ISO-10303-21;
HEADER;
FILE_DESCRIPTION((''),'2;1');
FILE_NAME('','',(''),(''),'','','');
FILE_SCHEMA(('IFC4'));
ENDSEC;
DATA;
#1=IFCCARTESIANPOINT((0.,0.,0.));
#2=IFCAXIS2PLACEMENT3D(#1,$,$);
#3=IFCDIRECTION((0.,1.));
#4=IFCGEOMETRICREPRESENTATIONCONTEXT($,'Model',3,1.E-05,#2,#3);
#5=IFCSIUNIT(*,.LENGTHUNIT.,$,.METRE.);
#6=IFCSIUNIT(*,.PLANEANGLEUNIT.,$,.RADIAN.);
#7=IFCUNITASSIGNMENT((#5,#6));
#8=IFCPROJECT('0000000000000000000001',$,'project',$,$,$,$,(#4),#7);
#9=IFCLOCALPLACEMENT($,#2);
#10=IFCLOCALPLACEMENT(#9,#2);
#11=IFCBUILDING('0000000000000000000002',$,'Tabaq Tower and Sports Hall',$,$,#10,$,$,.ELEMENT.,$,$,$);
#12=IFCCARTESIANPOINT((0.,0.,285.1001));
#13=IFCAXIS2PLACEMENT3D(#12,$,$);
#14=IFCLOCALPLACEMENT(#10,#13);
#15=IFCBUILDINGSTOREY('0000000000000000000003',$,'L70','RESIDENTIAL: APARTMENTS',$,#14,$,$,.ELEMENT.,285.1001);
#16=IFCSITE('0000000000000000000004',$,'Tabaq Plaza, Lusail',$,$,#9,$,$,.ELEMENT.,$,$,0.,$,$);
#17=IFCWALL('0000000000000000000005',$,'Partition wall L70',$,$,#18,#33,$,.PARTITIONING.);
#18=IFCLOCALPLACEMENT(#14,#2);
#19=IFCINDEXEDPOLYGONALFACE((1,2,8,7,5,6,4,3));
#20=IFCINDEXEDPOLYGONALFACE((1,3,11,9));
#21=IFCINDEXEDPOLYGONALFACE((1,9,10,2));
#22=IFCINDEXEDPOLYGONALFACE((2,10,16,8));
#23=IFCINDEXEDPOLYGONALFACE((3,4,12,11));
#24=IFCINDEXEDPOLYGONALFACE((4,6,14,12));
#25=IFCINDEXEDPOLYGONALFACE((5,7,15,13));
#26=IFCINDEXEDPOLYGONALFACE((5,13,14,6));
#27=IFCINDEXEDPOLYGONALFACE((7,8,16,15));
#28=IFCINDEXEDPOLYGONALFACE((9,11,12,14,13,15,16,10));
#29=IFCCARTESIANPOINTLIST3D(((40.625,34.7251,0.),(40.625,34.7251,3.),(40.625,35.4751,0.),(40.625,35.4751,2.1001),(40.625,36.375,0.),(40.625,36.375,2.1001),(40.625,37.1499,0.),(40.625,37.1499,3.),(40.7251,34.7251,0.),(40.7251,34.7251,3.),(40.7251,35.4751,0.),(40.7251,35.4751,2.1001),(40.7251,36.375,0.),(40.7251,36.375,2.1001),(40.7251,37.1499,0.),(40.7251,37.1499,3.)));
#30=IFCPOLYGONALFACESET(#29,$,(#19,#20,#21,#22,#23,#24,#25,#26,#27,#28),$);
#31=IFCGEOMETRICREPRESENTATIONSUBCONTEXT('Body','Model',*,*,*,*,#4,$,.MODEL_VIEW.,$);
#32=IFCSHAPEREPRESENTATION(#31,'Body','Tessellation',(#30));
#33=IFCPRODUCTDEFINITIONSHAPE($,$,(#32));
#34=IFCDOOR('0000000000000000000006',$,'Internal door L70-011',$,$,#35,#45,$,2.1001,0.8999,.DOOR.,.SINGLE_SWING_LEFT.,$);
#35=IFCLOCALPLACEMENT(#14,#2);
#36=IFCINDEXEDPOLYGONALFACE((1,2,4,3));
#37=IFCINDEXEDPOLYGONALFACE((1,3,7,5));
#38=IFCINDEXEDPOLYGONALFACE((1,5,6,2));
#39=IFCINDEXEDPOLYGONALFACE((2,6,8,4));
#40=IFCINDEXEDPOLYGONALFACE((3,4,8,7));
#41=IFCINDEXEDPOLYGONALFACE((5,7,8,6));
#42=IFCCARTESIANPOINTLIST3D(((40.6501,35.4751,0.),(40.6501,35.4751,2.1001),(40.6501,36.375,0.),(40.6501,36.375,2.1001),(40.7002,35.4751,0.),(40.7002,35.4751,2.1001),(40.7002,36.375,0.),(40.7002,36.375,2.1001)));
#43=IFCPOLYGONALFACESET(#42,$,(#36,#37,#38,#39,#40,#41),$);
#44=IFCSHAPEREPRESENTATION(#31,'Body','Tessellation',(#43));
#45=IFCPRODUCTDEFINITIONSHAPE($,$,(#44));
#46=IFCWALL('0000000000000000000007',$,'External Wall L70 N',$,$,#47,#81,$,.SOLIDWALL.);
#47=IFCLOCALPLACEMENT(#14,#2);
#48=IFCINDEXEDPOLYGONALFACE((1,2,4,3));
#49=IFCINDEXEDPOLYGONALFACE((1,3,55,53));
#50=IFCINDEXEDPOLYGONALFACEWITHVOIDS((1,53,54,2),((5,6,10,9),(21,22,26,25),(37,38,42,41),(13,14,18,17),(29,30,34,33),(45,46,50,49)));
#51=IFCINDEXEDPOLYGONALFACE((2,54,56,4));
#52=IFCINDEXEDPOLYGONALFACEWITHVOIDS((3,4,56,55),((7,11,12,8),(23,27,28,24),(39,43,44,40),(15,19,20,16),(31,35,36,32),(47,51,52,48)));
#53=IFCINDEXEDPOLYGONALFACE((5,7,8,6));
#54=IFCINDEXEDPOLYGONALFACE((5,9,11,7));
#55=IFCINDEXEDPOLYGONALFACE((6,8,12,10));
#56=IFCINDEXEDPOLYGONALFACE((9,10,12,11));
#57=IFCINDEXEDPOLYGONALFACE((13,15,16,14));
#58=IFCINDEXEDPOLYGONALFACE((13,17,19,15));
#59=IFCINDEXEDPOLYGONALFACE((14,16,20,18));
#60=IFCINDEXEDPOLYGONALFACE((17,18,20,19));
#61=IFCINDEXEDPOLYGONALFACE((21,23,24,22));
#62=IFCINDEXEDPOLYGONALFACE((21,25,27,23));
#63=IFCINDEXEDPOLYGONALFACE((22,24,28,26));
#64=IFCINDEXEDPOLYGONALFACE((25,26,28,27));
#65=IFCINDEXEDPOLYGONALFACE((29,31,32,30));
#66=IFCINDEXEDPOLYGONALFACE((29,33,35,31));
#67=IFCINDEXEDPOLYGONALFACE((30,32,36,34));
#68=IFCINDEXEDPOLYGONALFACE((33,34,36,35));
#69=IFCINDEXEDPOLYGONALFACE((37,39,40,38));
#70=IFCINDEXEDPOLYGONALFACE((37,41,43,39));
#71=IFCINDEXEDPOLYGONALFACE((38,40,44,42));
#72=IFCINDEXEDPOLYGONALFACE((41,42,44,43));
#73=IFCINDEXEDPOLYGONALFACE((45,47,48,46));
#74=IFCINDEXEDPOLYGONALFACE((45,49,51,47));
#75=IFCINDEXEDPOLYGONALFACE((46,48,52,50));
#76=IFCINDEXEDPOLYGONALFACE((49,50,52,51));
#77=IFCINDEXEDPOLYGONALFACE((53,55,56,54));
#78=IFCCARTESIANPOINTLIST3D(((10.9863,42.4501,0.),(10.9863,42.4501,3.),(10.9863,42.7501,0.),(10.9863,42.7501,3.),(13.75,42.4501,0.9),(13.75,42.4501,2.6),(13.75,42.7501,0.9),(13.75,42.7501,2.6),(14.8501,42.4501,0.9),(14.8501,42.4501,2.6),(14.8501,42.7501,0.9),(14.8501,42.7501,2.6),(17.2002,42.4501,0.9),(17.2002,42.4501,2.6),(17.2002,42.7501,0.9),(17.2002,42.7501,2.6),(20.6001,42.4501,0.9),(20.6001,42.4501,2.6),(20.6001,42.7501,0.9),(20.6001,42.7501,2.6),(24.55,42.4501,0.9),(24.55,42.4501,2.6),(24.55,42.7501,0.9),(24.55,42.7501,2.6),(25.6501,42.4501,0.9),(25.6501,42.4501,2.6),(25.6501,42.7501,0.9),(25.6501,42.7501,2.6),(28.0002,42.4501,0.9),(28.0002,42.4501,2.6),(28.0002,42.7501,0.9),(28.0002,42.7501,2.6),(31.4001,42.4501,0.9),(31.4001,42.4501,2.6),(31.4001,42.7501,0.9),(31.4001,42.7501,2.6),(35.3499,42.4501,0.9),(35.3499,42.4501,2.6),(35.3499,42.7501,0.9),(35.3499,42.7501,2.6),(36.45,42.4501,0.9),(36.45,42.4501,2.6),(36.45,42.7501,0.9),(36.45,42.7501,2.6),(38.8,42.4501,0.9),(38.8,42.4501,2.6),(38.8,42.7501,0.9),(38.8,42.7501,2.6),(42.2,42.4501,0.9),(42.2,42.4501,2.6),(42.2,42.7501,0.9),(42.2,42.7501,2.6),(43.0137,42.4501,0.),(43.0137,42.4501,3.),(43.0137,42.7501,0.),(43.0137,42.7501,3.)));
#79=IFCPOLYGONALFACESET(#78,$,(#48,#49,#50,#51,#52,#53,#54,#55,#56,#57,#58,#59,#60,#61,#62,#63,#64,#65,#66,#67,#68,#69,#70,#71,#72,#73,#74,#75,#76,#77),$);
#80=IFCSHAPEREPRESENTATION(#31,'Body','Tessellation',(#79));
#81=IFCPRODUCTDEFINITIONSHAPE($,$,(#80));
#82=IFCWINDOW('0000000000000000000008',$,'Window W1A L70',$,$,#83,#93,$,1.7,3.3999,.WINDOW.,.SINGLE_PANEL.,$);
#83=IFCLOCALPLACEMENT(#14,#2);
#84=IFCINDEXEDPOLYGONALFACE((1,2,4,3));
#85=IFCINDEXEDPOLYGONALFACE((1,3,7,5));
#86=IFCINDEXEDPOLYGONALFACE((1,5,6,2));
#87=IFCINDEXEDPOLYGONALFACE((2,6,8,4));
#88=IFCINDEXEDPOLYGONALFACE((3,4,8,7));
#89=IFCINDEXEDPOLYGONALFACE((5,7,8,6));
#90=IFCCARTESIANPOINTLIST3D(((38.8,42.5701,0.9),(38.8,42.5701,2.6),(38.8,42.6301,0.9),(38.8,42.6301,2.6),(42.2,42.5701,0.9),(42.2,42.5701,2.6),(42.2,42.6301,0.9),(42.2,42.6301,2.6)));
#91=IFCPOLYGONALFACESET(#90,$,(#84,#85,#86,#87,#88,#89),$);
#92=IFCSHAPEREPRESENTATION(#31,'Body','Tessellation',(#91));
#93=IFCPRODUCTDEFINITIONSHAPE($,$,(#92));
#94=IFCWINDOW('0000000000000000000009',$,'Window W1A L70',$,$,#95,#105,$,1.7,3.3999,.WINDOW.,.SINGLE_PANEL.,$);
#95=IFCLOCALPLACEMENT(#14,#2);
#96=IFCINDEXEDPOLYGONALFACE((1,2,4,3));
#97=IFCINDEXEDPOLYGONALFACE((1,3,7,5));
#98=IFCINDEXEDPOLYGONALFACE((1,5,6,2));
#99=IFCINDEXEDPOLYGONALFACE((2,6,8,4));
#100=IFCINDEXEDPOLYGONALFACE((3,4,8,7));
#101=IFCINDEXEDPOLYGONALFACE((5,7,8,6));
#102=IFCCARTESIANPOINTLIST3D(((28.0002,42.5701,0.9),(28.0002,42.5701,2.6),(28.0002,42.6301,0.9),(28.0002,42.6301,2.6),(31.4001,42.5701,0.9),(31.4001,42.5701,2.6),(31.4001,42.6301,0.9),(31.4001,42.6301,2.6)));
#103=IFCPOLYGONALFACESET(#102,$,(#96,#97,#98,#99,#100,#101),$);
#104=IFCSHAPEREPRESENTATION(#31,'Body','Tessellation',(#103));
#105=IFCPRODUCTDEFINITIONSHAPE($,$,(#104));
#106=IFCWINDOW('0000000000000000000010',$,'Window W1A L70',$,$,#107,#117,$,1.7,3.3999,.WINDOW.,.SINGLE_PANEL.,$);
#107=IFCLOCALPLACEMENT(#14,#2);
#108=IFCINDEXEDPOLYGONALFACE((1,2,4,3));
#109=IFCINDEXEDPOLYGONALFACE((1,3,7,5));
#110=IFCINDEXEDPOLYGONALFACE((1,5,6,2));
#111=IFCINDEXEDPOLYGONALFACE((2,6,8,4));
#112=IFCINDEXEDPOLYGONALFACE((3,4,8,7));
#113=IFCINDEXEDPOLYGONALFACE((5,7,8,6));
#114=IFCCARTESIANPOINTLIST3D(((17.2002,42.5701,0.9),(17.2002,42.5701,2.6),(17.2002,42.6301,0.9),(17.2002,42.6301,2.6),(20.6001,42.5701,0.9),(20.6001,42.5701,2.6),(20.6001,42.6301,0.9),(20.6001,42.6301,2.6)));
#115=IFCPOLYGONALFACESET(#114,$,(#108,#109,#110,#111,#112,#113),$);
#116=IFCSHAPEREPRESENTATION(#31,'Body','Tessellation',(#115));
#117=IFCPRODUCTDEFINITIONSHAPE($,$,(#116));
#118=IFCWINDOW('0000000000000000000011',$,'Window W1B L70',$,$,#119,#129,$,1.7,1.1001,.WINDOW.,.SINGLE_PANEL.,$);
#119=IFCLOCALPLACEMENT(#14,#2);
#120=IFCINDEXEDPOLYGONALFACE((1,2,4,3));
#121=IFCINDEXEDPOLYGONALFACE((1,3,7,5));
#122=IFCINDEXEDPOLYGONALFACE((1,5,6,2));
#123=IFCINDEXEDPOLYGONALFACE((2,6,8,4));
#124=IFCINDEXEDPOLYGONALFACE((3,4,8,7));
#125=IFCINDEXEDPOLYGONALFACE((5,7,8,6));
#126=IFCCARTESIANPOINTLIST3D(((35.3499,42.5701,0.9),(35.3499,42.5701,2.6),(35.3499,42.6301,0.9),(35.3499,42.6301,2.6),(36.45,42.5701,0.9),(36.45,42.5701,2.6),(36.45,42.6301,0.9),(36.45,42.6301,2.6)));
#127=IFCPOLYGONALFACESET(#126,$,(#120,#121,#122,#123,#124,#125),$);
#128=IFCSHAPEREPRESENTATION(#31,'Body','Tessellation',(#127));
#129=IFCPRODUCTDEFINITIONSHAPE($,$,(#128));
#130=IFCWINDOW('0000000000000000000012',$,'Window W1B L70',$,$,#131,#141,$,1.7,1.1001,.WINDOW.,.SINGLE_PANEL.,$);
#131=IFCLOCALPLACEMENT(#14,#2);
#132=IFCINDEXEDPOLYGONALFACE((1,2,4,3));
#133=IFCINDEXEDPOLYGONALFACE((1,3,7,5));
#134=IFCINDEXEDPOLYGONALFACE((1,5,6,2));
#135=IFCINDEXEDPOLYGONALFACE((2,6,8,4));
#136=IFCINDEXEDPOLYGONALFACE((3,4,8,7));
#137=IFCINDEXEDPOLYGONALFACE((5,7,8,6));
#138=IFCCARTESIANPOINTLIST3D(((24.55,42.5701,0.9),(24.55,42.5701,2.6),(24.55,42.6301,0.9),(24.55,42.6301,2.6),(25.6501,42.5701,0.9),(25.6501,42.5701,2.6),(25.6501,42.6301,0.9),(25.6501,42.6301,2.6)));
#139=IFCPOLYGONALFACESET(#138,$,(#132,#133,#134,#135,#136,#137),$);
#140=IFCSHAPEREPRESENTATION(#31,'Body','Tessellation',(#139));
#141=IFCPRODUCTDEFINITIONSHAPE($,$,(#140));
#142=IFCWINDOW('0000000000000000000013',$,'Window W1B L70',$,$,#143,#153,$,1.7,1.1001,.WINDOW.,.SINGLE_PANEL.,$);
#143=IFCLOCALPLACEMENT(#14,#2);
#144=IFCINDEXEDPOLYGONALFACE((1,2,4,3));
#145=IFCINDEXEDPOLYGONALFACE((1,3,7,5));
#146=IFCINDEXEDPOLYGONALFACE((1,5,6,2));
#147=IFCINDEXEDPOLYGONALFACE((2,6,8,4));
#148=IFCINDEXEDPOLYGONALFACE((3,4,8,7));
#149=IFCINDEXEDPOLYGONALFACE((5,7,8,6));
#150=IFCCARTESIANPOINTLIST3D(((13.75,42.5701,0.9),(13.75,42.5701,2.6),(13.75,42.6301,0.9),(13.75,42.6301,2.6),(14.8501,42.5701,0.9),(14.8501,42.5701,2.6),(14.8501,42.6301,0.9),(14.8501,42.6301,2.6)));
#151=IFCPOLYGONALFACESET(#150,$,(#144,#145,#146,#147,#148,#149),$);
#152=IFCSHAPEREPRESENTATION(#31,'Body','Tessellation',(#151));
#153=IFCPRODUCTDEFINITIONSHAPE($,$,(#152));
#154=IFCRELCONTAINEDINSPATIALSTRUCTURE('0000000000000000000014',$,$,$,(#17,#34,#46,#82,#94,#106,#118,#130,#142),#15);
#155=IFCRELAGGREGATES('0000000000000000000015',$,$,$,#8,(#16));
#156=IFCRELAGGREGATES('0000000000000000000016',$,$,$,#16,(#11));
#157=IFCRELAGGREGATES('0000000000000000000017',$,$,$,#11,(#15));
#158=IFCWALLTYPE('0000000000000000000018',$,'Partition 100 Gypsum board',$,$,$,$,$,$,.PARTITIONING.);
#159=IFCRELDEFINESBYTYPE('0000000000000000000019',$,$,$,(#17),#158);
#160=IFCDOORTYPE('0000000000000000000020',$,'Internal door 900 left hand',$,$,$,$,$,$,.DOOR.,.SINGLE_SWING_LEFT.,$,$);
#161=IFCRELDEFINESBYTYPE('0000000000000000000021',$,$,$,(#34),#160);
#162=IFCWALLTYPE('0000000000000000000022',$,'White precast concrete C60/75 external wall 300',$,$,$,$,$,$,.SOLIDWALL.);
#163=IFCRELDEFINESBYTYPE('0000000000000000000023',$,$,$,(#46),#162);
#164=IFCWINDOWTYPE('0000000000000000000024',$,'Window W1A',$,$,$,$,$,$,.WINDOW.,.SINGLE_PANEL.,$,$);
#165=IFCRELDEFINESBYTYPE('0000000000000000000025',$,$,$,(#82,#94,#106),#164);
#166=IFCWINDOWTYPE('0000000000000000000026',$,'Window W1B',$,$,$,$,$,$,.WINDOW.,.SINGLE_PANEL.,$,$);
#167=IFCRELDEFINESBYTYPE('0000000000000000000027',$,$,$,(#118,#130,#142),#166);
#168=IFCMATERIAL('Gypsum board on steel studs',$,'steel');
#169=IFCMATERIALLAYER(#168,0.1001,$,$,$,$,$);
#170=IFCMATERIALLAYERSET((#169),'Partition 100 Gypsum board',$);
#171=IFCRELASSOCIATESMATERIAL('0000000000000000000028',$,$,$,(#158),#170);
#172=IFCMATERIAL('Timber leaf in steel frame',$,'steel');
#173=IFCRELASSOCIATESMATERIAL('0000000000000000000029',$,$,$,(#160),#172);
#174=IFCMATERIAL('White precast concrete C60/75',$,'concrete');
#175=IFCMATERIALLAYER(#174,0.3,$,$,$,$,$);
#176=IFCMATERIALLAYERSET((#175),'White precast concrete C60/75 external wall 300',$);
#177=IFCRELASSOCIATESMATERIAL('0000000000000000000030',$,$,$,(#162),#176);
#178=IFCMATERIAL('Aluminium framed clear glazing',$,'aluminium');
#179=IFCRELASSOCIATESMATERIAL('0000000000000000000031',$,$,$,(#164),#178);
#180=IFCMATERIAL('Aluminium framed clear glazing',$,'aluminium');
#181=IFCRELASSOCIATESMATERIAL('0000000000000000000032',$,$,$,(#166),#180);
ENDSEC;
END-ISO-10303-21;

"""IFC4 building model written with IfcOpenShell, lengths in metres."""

from ifc_helpers import new_model, si_unit, direction, frame, frame_2d, origin, place, context, subcontext, project, spatial, rectangle, extrude, material, layer, layer_set, type_object, element, fill, save


model = new_model("IFC4")

# Units and contexts
model_context = context("Model", 3, precision=1e-05, world=origin(), true_north=direction((0.0, 1.0)))
body_context = subcontext(model_context, "Body", "Model", "MODEL_VIEW")
ifc_project = project(units=[si_unit("LENGTHUNIT", "METRE"), si_unit("PLANEANGLEUNIT", "RADIAN")], contexts=[model_context])

# Site, building, storey
site_placement = place(None, origin())
site = spatial("IfcSite", under=ifc_project, at=site_placement, Name="Tabaq Plaza, Lusail", CompositionType="ELEMENT", RefElevation=0.0)
building_placement = place(site_placement, origin())
building = spatial("IfcBuilding", under=site, at=building_placement, Name="Tabaq Tower and Sports Hall", CompositionType="ELEMENT")
storey_placement = place(building_placement, frame((0.0, 0.0, 285.1001)))
storey = spatial("IfcBuildingStorey", under=building, at=storey_placement, Name="L70", Description="RESIDENTIAL: APARTMENTS", CompositionType="ELEMENT", Elevation=285.1001)

# Shared definitions
ifc_material_1 = material(Name="Gypsum board on steel studs", Category="steel")
ifc_layer_1 = layer(ifc_material_1, 0.1001)
ifc_layer_set_1 = layer_set([ifc_layer_1], Name="Partition 100 Gypsum board")
wall_type_1 = type_object("IfcWallType", Name="Partition 100 Gypsum board", PredefinedType="PARTITIONING", material=ifc_layer_set_1)

# Shared definitions
ifc_material_2 = material(Name="Timber leaf in steel frame", Category="steel")
door_type_1 = type_object("IfcDoorType", Name="Internal door 900 left hand", OperationType="SINGLE_SWING_LEFT", PredefinedType="DOOR", material=ifc_material_2)

# Wall, opening, door
wall_1_placement = place(storey_placement, frame((40.675, 34.7251, 0.0), z_axis=(0.0, 0.0, 1.0), x_axis=(0.0, 1.0, 0.0)))
wall_1 = element("IfcWall", 1, at=wall_1_placement, inside=storey, type_object=wall_type_1, Name="Partition wall L70", PredefinedType="PARTITIONING", context=body_context, shape_type="SweptSolid", body=[
    extrude(rectangle(XDim=2.4248, YDim=0.1001, at=frame_2d((1.2124, 0.0))), origin(), (0.0, 0.0, 1.0), 3.0),
])
opening_1_placement = place(wall_1_placement, frame((0.75, 0.0, 0.0)))
opening_1 = element("IfcOpeningElement", 2, at=opening_1_placement, cuts=wall_1, PredefinedType="OPENING", context=body_context, shape_type="SweptSolid", body=[
    extrude(rectangle(XDim=0.8999, YDim=2.1001, at=frame_2d((0.45, 1.05))), frame((0.0, 0.05, 0.0), z_axis=(0.0, -1.0, 0.0), x_axis=(1.0, 0.0, 0.0)), (0.0, 0.0, 1.0), 0.1001),
])
door_1_placement = place(opening_1_placement, origin())
door_1 = element("IfcDoor", 3, at=door_1_placement, inside=storey, type_object=door_type_1, Name="Internal door L70-011", OperationType="SINGLE_SWING_LEFT", OverallHeight=2.1001, OverallWidth=0.8999, PredefinedType="DOOR", context=body_context, shape_type="SweptSolid", body=[
    extrude(rectangle(XDim=0.8999, YDim=2.1001, at=frame_2d((0.45, 1.05))), frame((0.0, 0.0249, 0.0), z_axis=(0.0, -1.0, 0.0), x_axis=(1.0, 0.0, 0.0)), (0.0, 0.0, 1.0), 0.05),
])
fill(opening_1, door_1)

# Wall, openings, windows
ifc_material_3 = material(Name="White precast concrete C60/75", Category="concrete")
ifc_layer_2 = layer(ifc_material_3, 0.3)
ifc_layer_set_2 = layer_set([ifc_layer_2], Name="White precast concrete C60/75 external wall 300")
wall_type_2 = type_object("IfcWallType", Name="White precast concrete C60/75 external wall 300", PredefinedType="SOLIDWALL", material=ifc_layer_set_2)
wall_2_placement = place(storey_placement, frame((43.0137, 42.6001, 0.0), z_axis=(0.0, 0.0, 1.0), x_axis=(-1.0, 0.0, 0.0)))
wall_2 = element("IfcWall", 4, at=wall_2_placement, inside=storey, type_object=wall_type_2, Name="External Wall L70 N", PredefinedType="SOLIDWALL", context=body_context, shape_type="SweptSolid", body=[
    extrude(rectangle(XDim=32.0273, YDim=0.3, at=frame_2d((16.0137, 0.0))), origin(), (0.0, 0.0, 1.0), 3.0),
])
opening_2_placement = place(wall_2_placement, frame((0.8137, 0.0, 0.8999)))
opening_2 = element("IfcOpeningElement", 5, at=opening_2_placement, cuts=wall_2, PredefinedType="OPENING", context=body_context, shape_type="SweptSolid", body=[
    extrude(rectangle(XDim=3.3999, YDim=1.7, at=frame_2d((1.7, 0.8501))), frame((0.0, 0.1602, 0.0), z_axis=(0.0, -1.0, 0.0), x_axis=(1.0, 0.0, 0.0)), (0.0, 0.0, 1.0), 0.3201),
])
opening_3_placement = place(wall_2_placement, frame((6.5637, 0.0, 0.8999)))
opening_3 = element("IfcOpeningElement", 6, at=opening_3_placement, cuts=wall_2, PredefinedType="OPENING", context=body_context, shape_type="SweptSolid", body=[
    extrude(rectangle(XDim=1.1001, YDim=1.7, at=frame_2d((0.55, 0.8501))), frame((0.0, 0.1602, 0.0), z_axis=(0.0, -1.0, 0.0), x_axis=(1.0, 0.0, 0.0)), (0.0, 0.0, 1.0), 0.3201),
])
opening_4_placement = place(wall_2_placement, frame((11.6135, 0.0, 0.8999)))
opening_4 = element("IfcOpeningElement", 7, at=opening_4_placement, cuts=wall_2, PredefinedType="OPENING", context=body_context, shape_type="SweptSolid", body=[
    extrude(rectangle(XDim=3.3999, YDim=1.7, at=frame_2d((1.7, 0.8501))), frame((0.0, 0.1602, 0.0), z_axis=(0.0, -1.0, 0.0), x_axis=(1.0, 0.0, 0.0)), (0.0, 0.0, 1.0), 0.3201),
])
opening_5_placement = place(wall_2_placement, frame((17.3635, 0.0, 0.8999)))
opening_5 = element("IfcOpeningElement", 8, at=opening_5_placement, cuts=wall_2, PredefinedType="OPENING", context=body_context, shape_type="SweptSolid", body=[
    extrude(rectangle(XDim=1.1001, YDim=1.7, at=frame_2d((0.55, 0.8501))), frame((0.0, 0.1602, 0.0), z_axis=(0.0, -1.0, 0.0), x_axis=(1.0, 0.0, 0.0)), (0.0, 0.0, 1.0), 0.3201),
])
opening_6_placement = place(wall_2_placement, frame((22.4136, 0.0, 0.8999)))
opening_6 = element("IfcOpeningElement", 9, at=opening_6_placement, cuts=wall_2, PredefinedType="OPENING", context=body_context, shape_type="SweptSolid", body=[
    extrude(rectangle(XDim=3.3999, YDim=1.7, at=frame_2d((1.7, 0.8501))), frame((0.0, 0.1602, 0.0), z_axis=(0.0, -1.0, 0.0), x_axis=(1.0, 0.0, 0.0)), (0.0, 0.0, 1.0), 0.3201),
])
opening_7_placement = place(wall_2_placement, frame((28.1636, 0.0, 0.8999)))
opening_7 = element("IfcOpeningElement", 10, at=opening_7_placement, cuts=wall_2, PredefinedType="OPENING", context=body_context, shape_type="SweptSolid", body=[
    extrude(rectangle(XDim=1.1001, YDim=1.7, at=frame_2d((0.55, 0.8501))), frame((0.0, 0.1602, 0.0), z_axis=(0.0, -1.0, 0.0), x_axis=(1.0, 0.0, 0.0)), (0.0, 0.0, 1.0), 0.3201),
])
ifc_material_4 = material(Name="Aluminium framed clear glazing", Category="aluminium")
window_type_1 = type_object("IfcWindowType", Name="Window W1A", PartitioningType="SINGLE_PANEL", PredefinedType="WINDOW", material=ifc_material_4)
window_1_placement = place(opening_2_placement, origin())
window_1 = element("IfcWindow", 11, at=window_1_placement, inside=storey, type_object=window_type_1, Name="Window W1A L70", OverallHeight=1.7, OverallWidth=3.3999, PartitioningType="SINGLE_PANEL", PredefinedType="WINDOW", context=body_context, shape_type="SweptSolid", body=[
    extrude(rectangle(XDim=3.3999, YDim=1.7, at=frame_2d((1.7, 0.8501))), frame((0.0, 0.03, 0.0), z_axis=(0.0, -1.0, 0.0), x_axis=(1.0, 0.0, 0.0)), (0.0, 0.0, 1.0), 0.0601),
])
fill(opening_2, window_1)
window_2_placement = place(opening_4_placement, origin())
window_2 = element("IfcWindow", 12, at=window_2_placement, inside=storey, type_object=window_type_1, Name="Window W1A L70", OverallHeight=1.7, OverallWidth=3.3999, PartitioningType="SINGLE_PANEL", PredefinedType="WINDOW", context=body_context, shape_type="SweptSolid", body=[
    extrude(rectangle(XDim=3.3999, YDim=1.7, at=frame_2d((1.7, 0.8501))), frame((0.0, 0.03, 0.0), z_axis=(0.0, -1.0, 0.0), x_axis=(1.0, 0.0, 0.0)), (0.0, 0.0, 1.0), 0.0601),
])
fill(opening_4, window_2)
window_3_placement = place(opening_6_placement, origin())
window_3 = element("IfcWindow", 13, at=window_3_placement, inside=storey, type_object=window_type_1, Name="Window W1A L70", OverallHeight=1.7, OverallWidth=3.3999, PartitioningType="SINGLE_PANEL", PredefinedType="WINDOW", context=body_context, shape_type="SweptSolid", body=[
    extrude(rectangle(XDim=3.3999, YDim=1.7, at=frame_2d((1.7, 0.8501))), frame((0.0, 0.03, 0.0), z_axis=(0.0, -1.0, 0.0), x_axis=(1.0, 0.0, 0.0)), (0.0, 0.0, 1.0), 0.0601),
])
fill(opening_6, window_3)
ifc_material_5 = material(Name="Aluminium framed clear glazing", Category="aluminium")
window_type_2 = type_object("IfcWindowType", Name="Window W1B", PartitioningType="SINGLE_PANEL", PredefinedType="WINDOW", material=ifc_material_5)
window_4_placement = place(opening_3_placement, origin())
window_4 = element("IfcWindow", 14, at=window_4_placement, inside=storey, type_object=window_type_2, Name="Window W1B L70", OverallHeight=1.7, OverallWidth=1.1001, PartitioningType="SINGLE_PANEL", PredefinedType="WINDOW", context=body_context, shape_type="SweptSolid", body=[
    extrude(rectangle(XDim=1.1001, YDim=1.7, at=frame_2d((0.55, 0.8501))), frame((0.0, 0.03, 0.0), z_axis=(0.0, -1.0, 0.0), x_axis=(1.0, 0.0, 0.0)), (0.0, 0.0, 1.0), 0.0601),
])
fill(opening_3, window_4)
window_5_placement = place(opening_5_placement, origin())
window_5 = element("IfcWindow", 15, at=window_5_placement, inside=storey, type_object=window_type_2, Name="Window W1B L70", OverallHeight=1.7, OverallWidth=1.1001, PartitioningType="SINGLE_PANEL", PredefinedType="WINDOW", context=body_context, shape_type="SweptSolid", body=[
    extrude(rectangle(XDim=1.1001, YDim=1.7, at=frame_2d((0.55, 0.8501))), frame((0.0, 0.03, 0.0), z_axis=(0.0, -1.0, 0.0), x_axis=(1.0, 0.0, 0.0)), (0.0, 0.0, 1.0), 0.0601),
])
fill(opening_5, window_5)
window_6_placement = place(opening_7_placement, origin())
window_6 = element("IfcWindow", 16, at=window_6_placement, inside=storey, type_object=window_type_2, Name="Window W1B L70", OverallHeight=1.7, OverallWidth=1.1001, PartitioningType="SINGLE_PANEL", PredefinedType="WINDOW", context=body_context, shape_type="SweptSolid", body=[
    extrude(rectangle(XDim=1.1001, YDim=1.7, at=frame_2d((0.55, 0.8501))), frame((0.0, 0.03, 0.0), z_axis=(0.0, -1.0, 0.0), x_axis=(1.0, 0.0, 0.0)), (0.0, 0.0, 1.0), 0.0601),
])
fill(opening_7, window_6)

save(model, "model.ifc")
